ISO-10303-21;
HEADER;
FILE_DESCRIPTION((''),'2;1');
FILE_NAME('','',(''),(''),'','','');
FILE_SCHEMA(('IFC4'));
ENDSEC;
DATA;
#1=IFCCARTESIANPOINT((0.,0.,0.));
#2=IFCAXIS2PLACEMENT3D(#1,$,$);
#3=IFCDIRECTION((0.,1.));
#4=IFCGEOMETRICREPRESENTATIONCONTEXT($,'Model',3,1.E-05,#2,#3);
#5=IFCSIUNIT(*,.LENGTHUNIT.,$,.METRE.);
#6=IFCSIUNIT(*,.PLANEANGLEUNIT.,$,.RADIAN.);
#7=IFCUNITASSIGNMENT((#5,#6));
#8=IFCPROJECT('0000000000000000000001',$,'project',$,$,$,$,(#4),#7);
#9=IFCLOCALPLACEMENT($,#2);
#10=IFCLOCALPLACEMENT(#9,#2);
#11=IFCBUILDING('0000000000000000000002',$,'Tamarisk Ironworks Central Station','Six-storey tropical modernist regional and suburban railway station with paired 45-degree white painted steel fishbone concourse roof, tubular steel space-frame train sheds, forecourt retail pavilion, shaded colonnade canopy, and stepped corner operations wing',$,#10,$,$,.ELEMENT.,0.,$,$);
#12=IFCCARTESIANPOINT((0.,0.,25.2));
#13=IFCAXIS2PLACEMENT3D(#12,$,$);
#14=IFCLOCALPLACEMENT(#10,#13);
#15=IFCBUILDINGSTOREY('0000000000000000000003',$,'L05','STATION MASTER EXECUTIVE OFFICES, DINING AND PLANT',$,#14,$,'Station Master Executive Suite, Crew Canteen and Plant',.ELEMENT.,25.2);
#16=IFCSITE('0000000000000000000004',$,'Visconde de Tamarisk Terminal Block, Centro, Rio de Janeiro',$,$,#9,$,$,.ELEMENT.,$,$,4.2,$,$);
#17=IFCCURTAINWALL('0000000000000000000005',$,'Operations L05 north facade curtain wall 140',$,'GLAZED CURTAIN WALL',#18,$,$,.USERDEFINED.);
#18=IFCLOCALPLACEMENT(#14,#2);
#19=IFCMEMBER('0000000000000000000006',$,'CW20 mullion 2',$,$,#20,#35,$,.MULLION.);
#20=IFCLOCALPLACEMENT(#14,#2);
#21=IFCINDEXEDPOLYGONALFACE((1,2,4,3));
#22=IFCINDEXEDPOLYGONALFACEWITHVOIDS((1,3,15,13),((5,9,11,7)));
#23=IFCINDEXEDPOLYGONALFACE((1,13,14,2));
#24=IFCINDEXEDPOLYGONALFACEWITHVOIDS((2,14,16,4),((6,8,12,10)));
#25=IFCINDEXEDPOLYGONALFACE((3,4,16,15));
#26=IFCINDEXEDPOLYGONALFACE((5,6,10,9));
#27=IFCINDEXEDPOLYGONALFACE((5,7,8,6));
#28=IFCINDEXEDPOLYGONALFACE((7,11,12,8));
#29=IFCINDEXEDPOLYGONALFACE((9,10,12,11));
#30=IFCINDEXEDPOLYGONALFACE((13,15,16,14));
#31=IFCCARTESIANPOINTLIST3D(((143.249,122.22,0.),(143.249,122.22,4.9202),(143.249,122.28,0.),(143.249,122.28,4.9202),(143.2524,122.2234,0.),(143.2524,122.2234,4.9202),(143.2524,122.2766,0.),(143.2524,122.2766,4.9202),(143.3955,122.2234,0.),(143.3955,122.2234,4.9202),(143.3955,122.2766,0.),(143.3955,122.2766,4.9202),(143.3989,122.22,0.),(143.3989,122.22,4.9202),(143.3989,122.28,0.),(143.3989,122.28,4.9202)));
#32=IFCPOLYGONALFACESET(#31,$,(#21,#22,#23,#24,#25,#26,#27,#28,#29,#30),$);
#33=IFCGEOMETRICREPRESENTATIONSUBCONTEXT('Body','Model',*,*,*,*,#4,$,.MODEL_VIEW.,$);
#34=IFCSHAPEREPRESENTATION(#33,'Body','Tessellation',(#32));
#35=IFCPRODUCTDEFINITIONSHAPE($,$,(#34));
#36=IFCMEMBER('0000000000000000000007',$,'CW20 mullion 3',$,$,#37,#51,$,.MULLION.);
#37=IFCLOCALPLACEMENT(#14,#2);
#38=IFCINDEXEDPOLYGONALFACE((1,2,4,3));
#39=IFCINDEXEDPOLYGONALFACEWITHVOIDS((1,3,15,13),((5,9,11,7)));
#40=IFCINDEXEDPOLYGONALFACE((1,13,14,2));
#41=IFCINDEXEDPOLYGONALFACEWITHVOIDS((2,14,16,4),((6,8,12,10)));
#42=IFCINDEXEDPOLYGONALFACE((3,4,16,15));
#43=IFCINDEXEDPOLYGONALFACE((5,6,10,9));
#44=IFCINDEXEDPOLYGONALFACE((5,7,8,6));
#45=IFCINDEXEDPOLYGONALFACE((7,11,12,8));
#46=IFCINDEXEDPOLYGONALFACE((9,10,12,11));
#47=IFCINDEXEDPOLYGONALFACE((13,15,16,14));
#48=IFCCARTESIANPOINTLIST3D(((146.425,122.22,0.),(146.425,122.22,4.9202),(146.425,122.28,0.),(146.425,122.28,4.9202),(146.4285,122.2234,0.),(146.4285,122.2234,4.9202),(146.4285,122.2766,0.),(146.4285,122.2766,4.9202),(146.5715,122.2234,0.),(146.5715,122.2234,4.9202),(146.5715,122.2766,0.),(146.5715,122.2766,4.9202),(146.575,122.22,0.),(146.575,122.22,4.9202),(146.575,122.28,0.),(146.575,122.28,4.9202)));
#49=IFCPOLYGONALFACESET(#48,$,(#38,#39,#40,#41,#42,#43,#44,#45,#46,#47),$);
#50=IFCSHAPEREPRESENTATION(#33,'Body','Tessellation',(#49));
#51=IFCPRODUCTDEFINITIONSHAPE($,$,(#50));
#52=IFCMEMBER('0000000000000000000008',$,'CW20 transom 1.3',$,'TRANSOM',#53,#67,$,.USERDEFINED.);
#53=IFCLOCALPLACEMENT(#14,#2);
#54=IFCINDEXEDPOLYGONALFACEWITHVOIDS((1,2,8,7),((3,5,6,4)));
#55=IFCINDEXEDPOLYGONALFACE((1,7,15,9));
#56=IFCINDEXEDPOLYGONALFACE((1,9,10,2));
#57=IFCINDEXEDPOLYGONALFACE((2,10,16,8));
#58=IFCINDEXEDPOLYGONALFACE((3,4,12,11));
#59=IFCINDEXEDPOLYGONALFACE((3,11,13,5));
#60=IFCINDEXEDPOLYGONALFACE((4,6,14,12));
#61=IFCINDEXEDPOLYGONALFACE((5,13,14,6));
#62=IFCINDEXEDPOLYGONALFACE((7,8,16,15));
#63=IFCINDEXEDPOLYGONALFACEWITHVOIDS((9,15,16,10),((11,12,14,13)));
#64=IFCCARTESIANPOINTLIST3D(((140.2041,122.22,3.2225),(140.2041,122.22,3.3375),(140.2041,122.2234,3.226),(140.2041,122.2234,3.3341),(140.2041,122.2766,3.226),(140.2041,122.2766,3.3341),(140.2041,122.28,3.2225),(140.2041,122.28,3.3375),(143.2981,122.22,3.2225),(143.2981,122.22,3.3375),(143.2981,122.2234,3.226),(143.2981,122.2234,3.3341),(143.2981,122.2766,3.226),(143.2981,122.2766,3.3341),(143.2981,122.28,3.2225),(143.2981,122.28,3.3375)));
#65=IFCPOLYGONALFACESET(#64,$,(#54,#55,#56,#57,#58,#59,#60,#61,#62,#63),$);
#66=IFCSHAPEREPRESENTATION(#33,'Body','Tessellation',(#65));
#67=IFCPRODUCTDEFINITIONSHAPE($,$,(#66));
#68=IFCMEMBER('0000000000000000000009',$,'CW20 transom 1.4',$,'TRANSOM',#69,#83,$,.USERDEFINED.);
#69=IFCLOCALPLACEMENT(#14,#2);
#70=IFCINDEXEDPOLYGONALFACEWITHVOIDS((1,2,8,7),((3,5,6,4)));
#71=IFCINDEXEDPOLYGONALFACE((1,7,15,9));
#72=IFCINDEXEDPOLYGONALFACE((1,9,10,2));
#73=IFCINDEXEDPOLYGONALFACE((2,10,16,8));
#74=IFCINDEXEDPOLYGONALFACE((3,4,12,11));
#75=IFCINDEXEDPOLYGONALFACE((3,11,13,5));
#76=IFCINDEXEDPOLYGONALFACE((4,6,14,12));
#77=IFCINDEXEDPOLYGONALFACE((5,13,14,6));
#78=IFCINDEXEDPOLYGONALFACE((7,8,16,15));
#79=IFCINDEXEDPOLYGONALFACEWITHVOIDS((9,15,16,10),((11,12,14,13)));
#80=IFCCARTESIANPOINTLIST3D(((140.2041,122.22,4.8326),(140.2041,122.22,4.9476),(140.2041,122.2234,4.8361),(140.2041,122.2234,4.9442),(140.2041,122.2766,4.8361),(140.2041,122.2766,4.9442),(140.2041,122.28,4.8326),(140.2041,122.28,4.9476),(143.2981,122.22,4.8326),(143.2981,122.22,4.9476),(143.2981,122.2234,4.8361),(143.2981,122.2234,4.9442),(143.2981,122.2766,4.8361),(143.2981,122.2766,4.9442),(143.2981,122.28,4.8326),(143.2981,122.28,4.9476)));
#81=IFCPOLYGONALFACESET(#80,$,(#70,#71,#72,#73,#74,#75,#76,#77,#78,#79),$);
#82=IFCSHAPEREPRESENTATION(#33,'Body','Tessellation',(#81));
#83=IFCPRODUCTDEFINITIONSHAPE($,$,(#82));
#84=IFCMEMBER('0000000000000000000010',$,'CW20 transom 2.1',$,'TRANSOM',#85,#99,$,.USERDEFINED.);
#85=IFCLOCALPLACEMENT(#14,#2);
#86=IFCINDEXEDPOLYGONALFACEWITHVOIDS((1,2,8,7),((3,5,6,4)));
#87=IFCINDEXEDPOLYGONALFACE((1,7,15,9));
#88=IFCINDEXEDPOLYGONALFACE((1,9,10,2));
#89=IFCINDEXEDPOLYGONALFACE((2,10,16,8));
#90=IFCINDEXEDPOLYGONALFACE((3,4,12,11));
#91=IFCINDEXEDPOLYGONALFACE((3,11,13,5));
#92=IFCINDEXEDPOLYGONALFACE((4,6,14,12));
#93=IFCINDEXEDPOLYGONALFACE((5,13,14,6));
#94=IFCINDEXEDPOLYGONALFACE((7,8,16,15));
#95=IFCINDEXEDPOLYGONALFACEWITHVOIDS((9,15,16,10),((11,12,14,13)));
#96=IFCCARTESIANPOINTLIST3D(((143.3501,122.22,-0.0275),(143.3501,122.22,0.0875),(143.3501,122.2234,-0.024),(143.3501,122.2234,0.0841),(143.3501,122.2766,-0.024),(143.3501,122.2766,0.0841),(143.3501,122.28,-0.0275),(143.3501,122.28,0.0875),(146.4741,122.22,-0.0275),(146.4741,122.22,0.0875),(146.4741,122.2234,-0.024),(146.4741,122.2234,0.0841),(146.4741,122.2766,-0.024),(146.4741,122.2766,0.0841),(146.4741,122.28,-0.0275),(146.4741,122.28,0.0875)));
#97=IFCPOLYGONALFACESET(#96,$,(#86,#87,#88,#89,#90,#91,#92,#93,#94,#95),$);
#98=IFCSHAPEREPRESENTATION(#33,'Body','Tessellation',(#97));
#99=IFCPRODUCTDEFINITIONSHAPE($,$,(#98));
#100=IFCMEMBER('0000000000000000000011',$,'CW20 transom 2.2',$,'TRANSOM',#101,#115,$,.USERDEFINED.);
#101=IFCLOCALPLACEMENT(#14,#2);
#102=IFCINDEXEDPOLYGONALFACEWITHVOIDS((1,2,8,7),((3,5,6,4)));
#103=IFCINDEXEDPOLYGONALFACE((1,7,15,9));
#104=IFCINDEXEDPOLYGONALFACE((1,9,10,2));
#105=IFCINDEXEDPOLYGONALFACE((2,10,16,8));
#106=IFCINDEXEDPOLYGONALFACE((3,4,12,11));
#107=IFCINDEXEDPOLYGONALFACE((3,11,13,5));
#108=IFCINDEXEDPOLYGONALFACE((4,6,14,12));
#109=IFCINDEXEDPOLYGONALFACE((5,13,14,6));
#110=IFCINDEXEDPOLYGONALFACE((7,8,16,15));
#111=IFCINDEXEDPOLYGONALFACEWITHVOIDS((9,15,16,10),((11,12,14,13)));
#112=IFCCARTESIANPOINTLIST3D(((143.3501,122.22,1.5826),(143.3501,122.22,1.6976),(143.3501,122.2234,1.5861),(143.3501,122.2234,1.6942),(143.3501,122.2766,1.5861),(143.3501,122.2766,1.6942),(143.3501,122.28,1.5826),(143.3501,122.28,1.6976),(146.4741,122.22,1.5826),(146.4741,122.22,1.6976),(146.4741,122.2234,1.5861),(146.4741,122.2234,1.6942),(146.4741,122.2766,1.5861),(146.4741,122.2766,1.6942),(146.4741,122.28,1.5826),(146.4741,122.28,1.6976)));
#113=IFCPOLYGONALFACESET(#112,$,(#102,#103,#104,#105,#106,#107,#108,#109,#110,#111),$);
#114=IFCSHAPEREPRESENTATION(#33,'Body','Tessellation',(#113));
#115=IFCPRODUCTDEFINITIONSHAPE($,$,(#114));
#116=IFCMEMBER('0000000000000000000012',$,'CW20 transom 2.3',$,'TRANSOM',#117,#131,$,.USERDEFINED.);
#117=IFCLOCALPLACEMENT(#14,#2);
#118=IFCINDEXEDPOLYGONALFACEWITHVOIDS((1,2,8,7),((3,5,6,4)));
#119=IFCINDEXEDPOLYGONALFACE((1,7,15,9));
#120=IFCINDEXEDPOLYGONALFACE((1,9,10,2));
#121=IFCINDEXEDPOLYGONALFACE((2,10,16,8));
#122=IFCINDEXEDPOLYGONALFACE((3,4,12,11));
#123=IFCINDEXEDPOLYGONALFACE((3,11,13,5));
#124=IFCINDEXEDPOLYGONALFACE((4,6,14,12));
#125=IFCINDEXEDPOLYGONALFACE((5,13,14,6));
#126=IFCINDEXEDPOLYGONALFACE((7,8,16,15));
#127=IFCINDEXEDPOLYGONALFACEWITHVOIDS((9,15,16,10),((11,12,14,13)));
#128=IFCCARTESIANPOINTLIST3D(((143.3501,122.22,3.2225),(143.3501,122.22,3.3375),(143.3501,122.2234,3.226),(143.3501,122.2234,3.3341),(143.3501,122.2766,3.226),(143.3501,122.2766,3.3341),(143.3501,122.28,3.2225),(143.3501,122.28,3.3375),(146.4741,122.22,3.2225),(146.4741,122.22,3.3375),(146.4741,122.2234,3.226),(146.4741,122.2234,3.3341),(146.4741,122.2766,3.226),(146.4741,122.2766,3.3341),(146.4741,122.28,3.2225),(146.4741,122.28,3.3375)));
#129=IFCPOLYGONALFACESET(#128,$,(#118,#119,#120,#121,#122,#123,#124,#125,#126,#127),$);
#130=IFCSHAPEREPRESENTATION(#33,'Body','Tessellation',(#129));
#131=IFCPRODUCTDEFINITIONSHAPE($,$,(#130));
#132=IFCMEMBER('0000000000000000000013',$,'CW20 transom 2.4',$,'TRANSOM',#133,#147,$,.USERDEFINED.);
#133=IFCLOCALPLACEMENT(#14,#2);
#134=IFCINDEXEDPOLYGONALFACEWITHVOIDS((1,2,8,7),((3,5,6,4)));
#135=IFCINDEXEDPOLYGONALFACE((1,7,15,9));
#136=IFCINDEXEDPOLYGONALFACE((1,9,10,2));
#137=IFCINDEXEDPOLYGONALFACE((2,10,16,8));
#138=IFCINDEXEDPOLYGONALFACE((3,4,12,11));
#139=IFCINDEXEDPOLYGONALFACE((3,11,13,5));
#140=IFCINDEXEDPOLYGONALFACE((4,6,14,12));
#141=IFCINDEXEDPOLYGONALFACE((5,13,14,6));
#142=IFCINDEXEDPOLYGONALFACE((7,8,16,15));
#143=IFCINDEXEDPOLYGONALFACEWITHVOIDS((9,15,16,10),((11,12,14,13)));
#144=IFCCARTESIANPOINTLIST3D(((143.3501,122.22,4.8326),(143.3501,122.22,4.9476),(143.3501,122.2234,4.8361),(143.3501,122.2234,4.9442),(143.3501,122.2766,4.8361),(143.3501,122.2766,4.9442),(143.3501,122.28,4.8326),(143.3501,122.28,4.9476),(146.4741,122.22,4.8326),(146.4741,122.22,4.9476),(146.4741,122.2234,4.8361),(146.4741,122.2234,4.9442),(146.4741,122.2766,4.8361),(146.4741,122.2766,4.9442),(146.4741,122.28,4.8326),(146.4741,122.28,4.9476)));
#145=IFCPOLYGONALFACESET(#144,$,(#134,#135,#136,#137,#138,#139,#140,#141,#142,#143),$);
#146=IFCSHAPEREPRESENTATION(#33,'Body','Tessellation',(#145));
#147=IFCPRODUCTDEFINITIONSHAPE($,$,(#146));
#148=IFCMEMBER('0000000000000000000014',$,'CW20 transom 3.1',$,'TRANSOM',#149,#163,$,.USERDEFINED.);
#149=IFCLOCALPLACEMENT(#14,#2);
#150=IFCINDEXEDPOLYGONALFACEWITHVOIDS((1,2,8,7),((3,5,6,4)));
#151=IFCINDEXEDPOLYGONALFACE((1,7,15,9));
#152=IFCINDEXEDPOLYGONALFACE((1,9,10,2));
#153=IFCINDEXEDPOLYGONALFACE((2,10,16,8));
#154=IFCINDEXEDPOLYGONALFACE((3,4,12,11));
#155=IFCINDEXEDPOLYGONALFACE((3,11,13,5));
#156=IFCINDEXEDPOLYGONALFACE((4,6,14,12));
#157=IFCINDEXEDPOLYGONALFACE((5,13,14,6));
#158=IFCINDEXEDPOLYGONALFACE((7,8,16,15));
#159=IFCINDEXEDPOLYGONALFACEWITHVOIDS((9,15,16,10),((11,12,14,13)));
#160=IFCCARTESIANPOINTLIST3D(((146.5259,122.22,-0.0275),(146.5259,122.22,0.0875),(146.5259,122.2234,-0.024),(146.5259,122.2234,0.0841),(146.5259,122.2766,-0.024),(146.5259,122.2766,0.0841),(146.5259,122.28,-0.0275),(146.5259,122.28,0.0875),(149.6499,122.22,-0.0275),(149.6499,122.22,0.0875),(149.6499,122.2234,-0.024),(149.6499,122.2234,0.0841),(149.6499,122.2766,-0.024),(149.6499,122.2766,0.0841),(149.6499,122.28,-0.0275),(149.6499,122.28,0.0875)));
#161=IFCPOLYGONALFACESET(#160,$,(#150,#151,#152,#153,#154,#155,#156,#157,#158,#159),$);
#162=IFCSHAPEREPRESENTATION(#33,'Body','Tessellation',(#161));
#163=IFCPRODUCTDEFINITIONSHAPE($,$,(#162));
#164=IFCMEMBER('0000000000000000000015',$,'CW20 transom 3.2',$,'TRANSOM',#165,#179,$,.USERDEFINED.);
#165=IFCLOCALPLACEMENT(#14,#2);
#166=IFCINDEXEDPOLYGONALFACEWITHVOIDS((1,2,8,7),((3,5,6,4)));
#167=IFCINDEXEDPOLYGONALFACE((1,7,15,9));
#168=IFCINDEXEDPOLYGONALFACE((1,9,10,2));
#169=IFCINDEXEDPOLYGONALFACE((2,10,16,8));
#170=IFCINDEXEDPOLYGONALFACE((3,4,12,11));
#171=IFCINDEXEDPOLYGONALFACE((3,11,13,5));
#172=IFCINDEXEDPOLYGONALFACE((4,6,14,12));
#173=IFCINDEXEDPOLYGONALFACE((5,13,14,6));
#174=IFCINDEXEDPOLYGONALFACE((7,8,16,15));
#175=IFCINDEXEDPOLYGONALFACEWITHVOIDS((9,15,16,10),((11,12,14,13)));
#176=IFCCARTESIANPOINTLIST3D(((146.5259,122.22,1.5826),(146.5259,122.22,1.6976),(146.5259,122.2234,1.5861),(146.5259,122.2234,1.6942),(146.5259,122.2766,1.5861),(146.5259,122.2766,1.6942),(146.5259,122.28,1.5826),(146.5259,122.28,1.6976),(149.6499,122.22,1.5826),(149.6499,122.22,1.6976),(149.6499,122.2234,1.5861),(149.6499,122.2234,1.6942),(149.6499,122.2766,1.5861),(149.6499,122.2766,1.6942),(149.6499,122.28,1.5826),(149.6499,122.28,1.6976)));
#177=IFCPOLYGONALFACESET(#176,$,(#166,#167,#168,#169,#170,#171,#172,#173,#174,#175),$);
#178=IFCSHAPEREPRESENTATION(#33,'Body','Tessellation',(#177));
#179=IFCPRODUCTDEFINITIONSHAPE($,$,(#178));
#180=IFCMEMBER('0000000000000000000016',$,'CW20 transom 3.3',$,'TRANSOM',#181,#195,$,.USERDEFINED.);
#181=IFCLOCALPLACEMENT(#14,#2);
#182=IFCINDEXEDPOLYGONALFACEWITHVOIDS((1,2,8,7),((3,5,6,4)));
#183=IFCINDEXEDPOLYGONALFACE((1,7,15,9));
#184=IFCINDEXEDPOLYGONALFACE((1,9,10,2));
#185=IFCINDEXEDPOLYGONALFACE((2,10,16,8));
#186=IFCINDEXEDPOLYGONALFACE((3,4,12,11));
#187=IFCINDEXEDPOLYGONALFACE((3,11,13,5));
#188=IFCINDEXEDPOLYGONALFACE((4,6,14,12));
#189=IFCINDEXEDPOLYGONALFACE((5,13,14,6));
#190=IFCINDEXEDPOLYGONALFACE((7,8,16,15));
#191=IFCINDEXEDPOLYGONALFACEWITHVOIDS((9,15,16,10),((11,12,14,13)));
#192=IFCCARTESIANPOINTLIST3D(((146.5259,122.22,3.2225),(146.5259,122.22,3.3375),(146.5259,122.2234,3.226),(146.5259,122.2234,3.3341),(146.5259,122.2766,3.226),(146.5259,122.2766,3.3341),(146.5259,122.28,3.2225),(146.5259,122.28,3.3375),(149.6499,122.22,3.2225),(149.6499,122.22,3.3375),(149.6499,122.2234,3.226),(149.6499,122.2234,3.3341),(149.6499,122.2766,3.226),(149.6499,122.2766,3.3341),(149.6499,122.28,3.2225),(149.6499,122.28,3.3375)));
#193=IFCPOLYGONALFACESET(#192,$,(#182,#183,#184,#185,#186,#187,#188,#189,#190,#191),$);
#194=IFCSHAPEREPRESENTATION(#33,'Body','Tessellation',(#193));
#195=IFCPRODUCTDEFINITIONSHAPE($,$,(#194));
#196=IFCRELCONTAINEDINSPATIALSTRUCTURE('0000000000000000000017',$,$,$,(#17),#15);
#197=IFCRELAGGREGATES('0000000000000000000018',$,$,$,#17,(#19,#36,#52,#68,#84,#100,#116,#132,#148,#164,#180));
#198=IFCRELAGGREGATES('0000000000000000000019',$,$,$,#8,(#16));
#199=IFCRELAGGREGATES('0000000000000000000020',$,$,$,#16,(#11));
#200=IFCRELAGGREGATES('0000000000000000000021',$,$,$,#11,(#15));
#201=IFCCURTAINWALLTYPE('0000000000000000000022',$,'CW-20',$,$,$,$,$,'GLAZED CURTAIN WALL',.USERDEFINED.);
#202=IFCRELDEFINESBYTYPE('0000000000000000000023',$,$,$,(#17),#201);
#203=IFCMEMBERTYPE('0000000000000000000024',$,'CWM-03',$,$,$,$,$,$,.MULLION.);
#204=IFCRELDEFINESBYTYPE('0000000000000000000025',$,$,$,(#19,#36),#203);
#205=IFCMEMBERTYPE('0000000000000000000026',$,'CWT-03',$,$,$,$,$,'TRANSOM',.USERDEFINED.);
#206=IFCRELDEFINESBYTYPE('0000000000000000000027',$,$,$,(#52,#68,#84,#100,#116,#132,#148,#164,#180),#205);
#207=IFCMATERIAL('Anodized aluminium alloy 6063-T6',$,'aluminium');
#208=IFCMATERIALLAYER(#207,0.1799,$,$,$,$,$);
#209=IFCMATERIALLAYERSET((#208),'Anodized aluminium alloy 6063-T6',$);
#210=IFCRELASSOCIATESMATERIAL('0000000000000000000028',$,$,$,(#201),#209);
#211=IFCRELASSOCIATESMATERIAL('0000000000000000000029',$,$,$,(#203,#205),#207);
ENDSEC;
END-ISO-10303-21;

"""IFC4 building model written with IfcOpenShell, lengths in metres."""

from ifc_helpers import new_model, si_unit, direction, frame, origin, origin_2d, place, context, subcontext, project, spatial, hollow_rectangle, extrude, material, layer, layer_set, material_profile, profile_set, type_object, element, aggregate, save


model = new_model("IFC4")

# Units and contexts
model_context = context("Model", 3, precision=1e-05, world=origin(), true_north=direction((0.0, 1.0)))
body_context = subcontext(model_context, "Body", "Model", "MODEL_VIEW")
ifc_project = project(units=[si_unit("LENGTHUNIT", "METRE"), si_unit("PLANEANGLEUNIT", "RADIAN")], contexts=[model_context])

# Site, building, storey
site_placement = place(None, origin())
site = spatial("IfcSite", under=ifc_project, at=site_placement, Name="Visconde de Tamarisk Terminal Block, Centro, Rio de Janeiro", CompositionType="ELEMENT", RefElevation=4.2)
building_placement = place(site_placement, origin())
building = spatial("IfcBuilding", under=site, at=building_placement, Name="Tamarisk Ironworks Central Station", Description="Six-storey tropical modernist regional and suburban railway station with paired 45-degree white painted steel fishbone concourse roof, tubular steel space-frame train sheds, forecourt retail pavilion, shaded colonnade canopy, and stepped corner operations wing", CompositionType="ELEMENT", ElevationOfRefHeight=0.0)
storey_placement = place(building_placement, frame((0.0, 0.0, 25.2)))
storey = spatial("IfcBuildingStorey", under=building, at=storey_placement, Name="L05", Description="STATION MASTER EXECUTIVE OFFICES, DINING AND PLANT", LongName="Station Master Executive Suite, Crew Canteen and Plant", CompositionType="ELEMENT", Elevation=25.2)

# Curtain wall, members
ifc_material_1 = material(Name="Anodized aluminium alloy 6063-T6", Category="aluminium")
ifc_layer_1 = layer(ifc_material_1, 0.1799)
ifc_layer_set_1 = layer_set([ifc_layer_1], Name="Anodized aluminium alloy 6063-T6")
curtain_wall_type = type_object("IfcCurtainWallType", Name="CW-20", ElementType="GLAZED CURTAIN WALL", PredefinedType="USERDEFINED", material=ifc_layer_set_1)
curtain_wall_placement = place(storey_placement, origin())
curtain_wall = element("IfcCurtainWall", 1, at=curtain_wall_placement, inside=storey, type_object=curtain_wall_type, Name="Operations L05 north facade curtain wall 140", ObjectType="GLAZED CURTAIN WALL", PredefinedType="USERDEFINED")
ifc_material_profile_1 = material_profile(ifc_material_1, hollow_rectangle(XDim=0.0601, YDim=0.1499, WallThickness=0.0034, at=origin_2d()), Name="ALUM 150x60")
ifc_profile_set_1 = profile_set([ifc_material_profile_1], Name="Anodized aluminium alloy 6063-T6")
member_type_1 = type_object("IfcMemberType", Name="CWM-03", PredefinedType="MULLION", material=ifc_profile_set_1)
member_1_placement = place(storey_placement, frame((143.324, 122.25, 0.0), z_axis=(0.0, 0.0, 1.0), x_axis=(0.0, 1.0, 0.0)))
member_1 = element("IfcMember", 2, at=member_1_placement, type_object=member_type_1, Name="CW20 mullion 2", PredefinedType="MULLION", context=body_context, shape_type="SweptSolid", body=[
    extrude(hollow_rectangle(XDim=0.0601, YDim=0.1499, WallThickness=0.0034, at=origin_2d()), origin(), (0.0, 0.0, 1.0), 4.9202),
])
member_2_placement = place(storey_placement, frame((146.5, 122.25, 0.0), z_axis=(0.0, 0.0, 1.0), x_axis=(0.0, 1.0, 0.0)))
member_2 = element("IfcMember", 3, at=member_2_placement, type_object=member_type_1, Name="CW20 mullion 3", PredefinedType="MULLION", context=body_context, shape_type="SweptSolid", body=[
    extrude(hollow_rectangle(XDim=0.0601, YDim=0.1499, WallThickness=0.0034, at=origin_2d()), origin(), (0.0, 0.0, 1.0), 4.9202),
])
ifc_material_profile_2 = material_profile(ifc_material_1, hollow_rectangle(XDim=0.0601, YDim=0.115, WallThickness=0.0034, at=origin_2d()), Name="ALUM 115x60")
ifc_profile_set_2 = profile_set([ifc_material_profile_2], Name="Anodized aluminium alloy 6063-T6")
member_type_2 = type_object("IfcMemberType", Name="CWT-03", ElementType="TRANSOM", PredefinedType="USERDEFINED", material=ifc_profile_set_2)
member_3_placement = place(storey_placement, frame((140.2041, 122.25, 3.28), z_axis=(1.0, 0.0, 0.0), x_axis=(0.0, 1.0, 0.0)))
member_3 = element("IfcMember", 4, at=member_3_placement, type_object=member_type_2, Name="CW20 transom 1.3", ObjectType="TRANSOM", PredefinedType="USERDEFINED", context=body_context, shape_type="SweptSolid", body=[
    extrude(hollow_rectangle(XDim=0.0601, YDim=0.115, WallThickness=0.0034, at=origin_2d()), origin(), (0.0, 0.0, 1.0), 3.094),
])
member_4_placement = place(storey_placement, frame((140.2041, 122.25, 4.8901), z_axis=(1.0, 0.0, 0.0), x_axis=(0.0, 1.0, 0.0)))
member_4 = element("IfcMember", 5, at=member_4_placement, type_object=member_type_2, Name="CW20 transom 1.4", ObjectType="TRANSOM", PredefinedType="USERDEFINED", context=body_context, shape_type="SweptSolid", body=[
    extrude(hollow_rectangle(XDim=0.0601, YDim=0.115, WallThickness=0.0034, at=origin_2d()), origin(), (0.0, 0.0, 1.0), 3.094),
])
member_5_placement = place(storey_placement, frame((143.3501, 122.25, 0.03), z_axis=(1.0, 0.0, 0.0), x_axis=(0.0, 1.0, 0.0)))
member_5 = element("IfcMember", 6, at=member_5_placement, type_object=member_type_2, Name="CW20 transom 2.1", ObjectType="TRANSOM", PredefinedType="USERDEFINED", context=body_context, shape_type="SweptSolid", body=[
    extrude(hollow_rectangle(XDim=0.0601, YDim=0.115, WallThickness=0.0034, at=origin_2d()), origin(), (0.0, 0.0, 1.0), 3.124),
])
member_6_placement = place(storey_placement, frame((143.3501, 122.25, 1.6401), z_axis=(1.0, 0.0, 0.0), x_axis=(0.0, 1.0, 0.0)))
member_6 = element("IfcMember", 7, at=member_6_placement, type_object=member_type_2, Name="CW20 transom 2.2", ObjectType="TRANSOM", PredefinedType="USERDEFINED", context=body_context, shape_type="SweptSolid", body=[
    extrude(hollow_rectangle(XDim=0.0601, YDim=0.115, WallThickness=0.0034, at=origin_2d()), origin(), (0.0, 0.0, 1.0), 3.124),
])
member_7_placement = place(storey_placement, frame((143.3501, 122.25, 3.28), z_axis=(1.0, 0.0, 0.0), x_axis=(0.0, 1.0, 0.0)))
member_7 = element("IfcMember", 8, at=member_7_placement, type_object=member_type_2, Name="CW20 transom 2.3", ObjectType="TRANSOM", PredefinedType="USERDEFINED", context=body_context, shape_type="SweptSolid", body=[
    extrude(hollow_rectangle(XDim=0.0601, YDim=0.115, WallThickness=0.0034, at=origin_2d()), origin(), (0.0, 0.0, 1.0), 3.124),
])
member_8_placement = place(storey_placement, frame((143.3501, 122.25, 4.8901), z_axis=(1.0, 0.0, 0.0), x_axis=(0.0, 1.0, 0.0)))
member_8 = element("IfcMember", 9, at=member_8_placement, type_object=member_type_2, Name="CW20 transom 2.4", ObjectType="TRANSOM", PredefinedType="USERDEFINED", context=body_context, shape_type="SweptSolid", body=[
    extrude(hollow_rectangle(XDim=0.0601, YDim=0.115, WallThickness=0.0034, at=origin_2d()), origin(), (0.0, 0.0, 1.0), 3.124),
])
member_9_placement = place(storey_placement, frame((146.5259, 122.25, 0.03), z_axis=(1.0, 0.0, 0.0), x_axis=(0.0, 1.0, 0.0)))
member_9 = element("IfcMember", 10, at=member_9_placement, type_object=member_type_2, Name="CW20 transom 3.1", ObjectType="TRANSOM", PredefinedType="USERDEFINED", context=body_context, shape_type="SweptSolid", body=[
    extrude(hollow_rectangle(XDim=0.0601, YDim=0.115, WallThickness=0.0034, at=origin_2d()), origin(), (0.0, 0.0, 1.0), 3.124),
])
member_10_placement = place(storey_placement, frame((146.5259, 122.25, 1.6401), z_axis=(1.0, 0.0, 0.0), x_axis=(0.0, 1.0, 0.0)))
member_10 = element("IfcMember", 11, at=member_10_placement, type_object=member_type_2, Name="CW20 transom 3.2", ObjectType="TRANSOM", PredefinedType="USERDEFINED", context=body_context, shape_type="SweptSolid", body=[
    extrude(hollow_rectangle(XDim=0.0601, YDim=0.115, WallThickness=0.0034, at=origin_2d()), origin(), (0.0, 0.0, 1.0), 3.124),
])
member_11_placement = place(storey_placement, frame((146.5259, 122.25, 3.28), z_axis=(1.0, 0.0, 0.0), x_axis=(0.0, 1.0, 0.0)))
member_11 = element("IfcMember", 12, at=member_11_placement, type_object=member_type_2, Name="CW20 transom 3.3", ObjectType="TRANSOM", PredefinedType="USERDEFINED", context=body_context, shape_type="SweptSolid", body=[
    extrude(hollow_rectangle(XDim=0.0601, YDim=0.115, WallThickness=0.0034, at=origin_2d()), origin(), (0.0, 0.0, 1.0), 3.124),
])
aggregate(curtain_wall, [member_1, member_2, member_3, member_4, member_5, member_6, member_7, member_8, member_9, member_10, member_11])

save(model, "model.ifc")
